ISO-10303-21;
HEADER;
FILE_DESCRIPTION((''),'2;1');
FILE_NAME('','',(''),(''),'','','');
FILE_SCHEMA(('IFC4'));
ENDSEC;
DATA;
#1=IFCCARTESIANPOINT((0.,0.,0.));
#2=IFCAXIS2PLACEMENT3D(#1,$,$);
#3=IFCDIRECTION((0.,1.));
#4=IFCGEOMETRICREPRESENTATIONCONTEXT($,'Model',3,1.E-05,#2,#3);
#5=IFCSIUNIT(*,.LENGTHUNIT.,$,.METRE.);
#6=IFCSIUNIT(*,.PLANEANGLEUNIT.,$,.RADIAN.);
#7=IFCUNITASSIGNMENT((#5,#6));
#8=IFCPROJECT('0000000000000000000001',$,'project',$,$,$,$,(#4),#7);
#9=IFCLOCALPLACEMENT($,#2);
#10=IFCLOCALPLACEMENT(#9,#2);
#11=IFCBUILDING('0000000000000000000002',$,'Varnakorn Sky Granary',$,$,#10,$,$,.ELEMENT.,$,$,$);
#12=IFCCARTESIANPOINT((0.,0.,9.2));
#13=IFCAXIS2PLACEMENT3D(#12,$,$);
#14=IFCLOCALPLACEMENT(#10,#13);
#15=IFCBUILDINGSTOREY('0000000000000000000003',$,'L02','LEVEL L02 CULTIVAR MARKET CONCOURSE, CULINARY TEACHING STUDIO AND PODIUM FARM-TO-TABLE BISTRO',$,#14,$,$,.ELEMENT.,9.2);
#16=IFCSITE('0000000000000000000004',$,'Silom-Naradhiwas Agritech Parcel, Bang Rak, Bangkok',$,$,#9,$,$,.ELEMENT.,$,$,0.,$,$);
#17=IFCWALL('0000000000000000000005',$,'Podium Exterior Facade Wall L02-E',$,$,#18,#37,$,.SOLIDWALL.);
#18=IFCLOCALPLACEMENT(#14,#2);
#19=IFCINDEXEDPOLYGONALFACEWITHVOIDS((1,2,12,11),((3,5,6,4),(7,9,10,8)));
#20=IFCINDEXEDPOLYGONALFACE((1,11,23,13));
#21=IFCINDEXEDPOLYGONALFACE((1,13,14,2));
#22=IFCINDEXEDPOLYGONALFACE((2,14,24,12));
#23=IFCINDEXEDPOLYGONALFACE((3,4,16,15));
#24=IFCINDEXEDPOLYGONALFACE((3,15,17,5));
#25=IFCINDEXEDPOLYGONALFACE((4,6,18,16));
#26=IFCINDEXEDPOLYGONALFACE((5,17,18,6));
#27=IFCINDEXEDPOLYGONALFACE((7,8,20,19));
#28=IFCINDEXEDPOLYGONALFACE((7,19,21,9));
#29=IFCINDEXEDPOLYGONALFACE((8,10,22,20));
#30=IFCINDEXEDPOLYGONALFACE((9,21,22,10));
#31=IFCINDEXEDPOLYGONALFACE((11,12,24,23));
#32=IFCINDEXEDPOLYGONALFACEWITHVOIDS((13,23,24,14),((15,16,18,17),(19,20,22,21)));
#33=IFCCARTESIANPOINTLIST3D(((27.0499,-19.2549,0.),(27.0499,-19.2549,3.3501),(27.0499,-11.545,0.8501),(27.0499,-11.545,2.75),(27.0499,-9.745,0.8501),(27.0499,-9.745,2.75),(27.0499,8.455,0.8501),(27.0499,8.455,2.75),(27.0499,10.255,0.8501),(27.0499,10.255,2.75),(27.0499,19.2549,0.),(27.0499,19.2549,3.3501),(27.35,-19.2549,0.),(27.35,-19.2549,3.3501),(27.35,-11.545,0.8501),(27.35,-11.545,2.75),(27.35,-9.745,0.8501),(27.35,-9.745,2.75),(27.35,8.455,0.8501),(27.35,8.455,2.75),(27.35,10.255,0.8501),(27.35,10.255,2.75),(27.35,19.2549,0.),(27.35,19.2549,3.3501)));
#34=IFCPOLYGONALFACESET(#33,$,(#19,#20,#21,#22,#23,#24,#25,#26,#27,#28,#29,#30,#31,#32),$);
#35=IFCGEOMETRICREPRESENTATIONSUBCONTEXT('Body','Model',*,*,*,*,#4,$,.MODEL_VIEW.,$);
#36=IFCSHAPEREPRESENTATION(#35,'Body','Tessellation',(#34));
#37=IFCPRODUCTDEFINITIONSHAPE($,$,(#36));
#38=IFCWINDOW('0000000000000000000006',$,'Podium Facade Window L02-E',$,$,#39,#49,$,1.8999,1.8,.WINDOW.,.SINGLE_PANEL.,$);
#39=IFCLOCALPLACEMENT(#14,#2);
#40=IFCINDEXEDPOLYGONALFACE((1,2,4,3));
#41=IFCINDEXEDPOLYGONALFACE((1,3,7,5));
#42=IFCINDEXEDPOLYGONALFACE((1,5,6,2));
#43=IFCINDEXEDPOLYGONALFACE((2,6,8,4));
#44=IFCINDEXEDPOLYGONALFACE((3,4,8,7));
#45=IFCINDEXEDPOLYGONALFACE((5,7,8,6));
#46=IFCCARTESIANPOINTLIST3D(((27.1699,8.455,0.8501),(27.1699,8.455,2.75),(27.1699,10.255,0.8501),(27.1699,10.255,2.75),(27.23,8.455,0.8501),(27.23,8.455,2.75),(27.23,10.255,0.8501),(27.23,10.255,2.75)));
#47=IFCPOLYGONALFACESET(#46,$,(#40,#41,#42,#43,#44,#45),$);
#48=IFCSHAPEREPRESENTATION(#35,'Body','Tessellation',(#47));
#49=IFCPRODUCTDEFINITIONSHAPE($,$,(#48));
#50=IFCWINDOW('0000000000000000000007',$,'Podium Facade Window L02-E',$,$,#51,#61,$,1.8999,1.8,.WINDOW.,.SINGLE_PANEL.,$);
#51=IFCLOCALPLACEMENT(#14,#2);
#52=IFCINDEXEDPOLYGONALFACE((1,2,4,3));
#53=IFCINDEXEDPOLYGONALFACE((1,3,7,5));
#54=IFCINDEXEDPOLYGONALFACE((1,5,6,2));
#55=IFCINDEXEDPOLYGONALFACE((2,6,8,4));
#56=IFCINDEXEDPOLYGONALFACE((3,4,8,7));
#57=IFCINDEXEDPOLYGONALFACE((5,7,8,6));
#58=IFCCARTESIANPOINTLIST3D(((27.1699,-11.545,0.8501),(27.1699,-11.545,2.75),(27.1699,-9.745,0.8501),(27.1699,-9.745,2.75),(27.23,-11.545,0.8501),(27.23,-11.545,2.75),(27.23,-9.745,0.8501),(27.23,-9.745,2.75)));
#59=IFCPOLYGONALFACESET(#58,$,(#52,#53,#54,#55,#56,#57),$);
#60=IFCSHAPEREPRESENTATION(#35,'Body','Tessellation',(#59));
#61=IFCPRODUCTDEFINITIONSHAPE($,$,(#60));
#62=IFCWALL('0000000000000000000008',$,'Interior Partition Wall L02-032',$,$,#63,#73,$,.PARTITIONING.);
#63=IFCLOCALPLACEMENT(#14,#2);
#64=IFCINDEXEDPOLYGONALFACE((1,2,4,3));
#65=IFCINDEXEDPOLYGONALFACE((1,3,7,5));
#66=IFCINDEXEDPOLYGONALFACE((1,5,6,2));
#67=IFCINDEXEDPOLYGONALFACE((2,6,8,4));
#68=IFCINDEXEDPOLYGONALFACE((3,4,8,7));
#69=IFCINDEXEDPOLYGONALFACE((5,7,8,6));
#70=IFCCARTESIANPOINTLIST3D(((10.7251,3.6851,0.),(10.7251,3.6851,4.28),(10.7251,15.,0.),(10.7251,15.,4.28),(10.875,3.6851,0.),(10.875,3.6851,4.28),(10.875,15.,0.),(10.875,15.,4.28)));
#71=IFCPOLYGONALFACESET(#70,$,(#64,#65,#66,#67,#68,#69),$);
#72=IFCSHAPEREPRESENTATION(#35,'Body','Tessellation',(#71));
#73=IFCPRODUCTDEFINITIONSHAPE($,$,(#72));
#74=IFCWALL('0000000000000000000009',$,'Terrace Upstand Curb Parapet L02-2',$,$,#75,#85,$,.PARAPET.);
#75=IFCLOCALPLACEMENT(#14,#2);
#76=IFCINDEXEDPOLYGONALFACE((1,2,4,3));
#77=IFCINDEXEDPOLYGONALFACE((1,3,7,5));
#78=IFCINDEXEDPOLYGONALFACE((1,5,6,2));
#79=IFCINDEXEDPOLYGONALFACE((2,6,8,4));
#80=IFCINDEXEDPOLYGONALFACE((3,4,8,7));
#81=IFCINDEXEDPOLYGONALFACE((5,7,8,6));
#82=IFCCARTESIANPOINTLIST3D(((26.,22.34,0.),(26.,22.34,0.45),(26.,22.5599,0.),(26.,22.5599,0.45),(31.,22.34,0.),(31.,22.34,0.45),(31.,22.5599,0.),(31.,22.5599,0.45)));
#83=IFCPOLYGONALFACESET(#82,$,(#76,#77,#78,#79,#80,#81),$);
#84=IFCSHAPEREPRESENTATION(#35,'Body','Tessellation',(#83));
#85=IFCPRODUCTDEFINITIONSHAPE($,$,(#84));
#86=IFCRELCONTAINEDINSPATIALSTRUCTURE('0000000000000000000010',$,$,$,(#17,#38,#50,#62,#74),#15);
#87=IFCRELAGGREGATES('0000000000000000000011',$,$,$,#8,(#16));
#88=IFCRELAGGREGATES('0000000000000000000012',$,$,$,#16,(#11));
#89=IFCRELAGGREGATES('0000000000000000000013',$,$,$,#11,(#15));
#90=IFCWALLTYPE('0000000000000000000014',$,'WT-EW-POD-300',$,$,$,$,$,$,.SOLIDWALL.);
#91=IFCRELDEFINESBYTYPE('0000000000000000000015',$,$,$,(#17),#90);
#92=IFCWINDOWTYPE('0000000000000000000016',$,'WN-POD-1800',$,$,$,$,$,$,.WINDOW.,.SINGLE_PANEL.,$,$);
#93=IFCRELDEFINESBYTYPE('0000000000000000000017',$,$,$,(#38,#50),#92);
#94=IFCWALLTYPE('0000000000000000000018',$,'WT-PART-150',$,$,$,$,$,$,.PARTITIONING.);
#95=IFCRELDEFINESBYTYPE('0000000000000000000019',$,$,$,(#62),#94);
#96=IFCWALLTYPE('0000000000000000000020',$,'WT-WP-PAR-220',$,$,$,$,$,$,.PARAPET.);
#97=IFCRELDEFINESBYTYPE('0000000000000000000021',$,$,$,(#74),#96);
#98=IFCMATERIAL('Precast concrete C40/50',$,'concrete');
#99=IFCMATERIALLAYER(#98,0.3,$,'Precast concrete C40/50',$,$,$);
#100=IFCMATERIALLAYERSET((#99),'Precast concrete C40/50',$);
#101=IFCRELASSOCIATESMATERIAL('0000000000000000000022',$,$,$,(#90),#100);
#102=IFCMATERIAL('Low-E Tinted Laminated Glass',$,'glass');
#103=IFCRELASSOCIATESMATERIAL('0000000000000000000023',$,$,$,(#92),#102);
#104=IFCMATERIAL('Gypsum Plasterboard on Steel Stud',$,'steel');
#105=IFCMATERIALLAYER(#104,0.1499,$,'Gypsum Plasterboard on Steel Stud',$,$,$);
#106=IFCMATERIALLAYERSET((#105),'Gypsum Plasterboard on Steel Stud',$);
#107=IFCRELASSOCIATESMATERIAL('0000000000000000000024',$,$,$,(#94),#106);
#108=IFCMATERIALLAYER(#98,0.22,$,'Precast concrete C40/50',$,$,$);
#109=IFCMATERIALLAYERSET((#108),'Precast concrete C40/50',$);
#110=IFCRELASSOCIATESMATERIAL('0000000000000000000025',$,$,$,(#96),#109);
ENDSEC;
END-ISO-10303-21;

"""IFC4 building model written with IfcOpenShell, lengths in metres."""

from ifc_helpers import new_model, si_unit, direction, frame, frame_2d, origin, place, context, subcontext, project, spatial, rectangle, extrude, material, layer, layer_set, type_object, element, fill, save


model = new_model("IFC4")

# Units and contexts
model_context = context("Model", 3, precision=1e-05, world=origin(), true_north=direction((0.0, 1.0)))
body_context = subcontext(model_context, "Body", "Model", "MODEL_VIEW")
ifc_project = project(units=[si_unit("LENGTHUNIT", "METRE"), si_unit("PLANEANGLEUNIT", "RADIAN")], contexts=[model_context])

# Site, building, storey
site_placement = place(None, origin())
site = spatial("IfcSite", under=ifc_project, at=site_placement, Name="Silom-Naradhiwas Agritech Parcel, Bang Rak, Bangkok", CompositionType="ELEMENT", RefElevation=0.0)
building_placement = place(site_placement, origin())
building = spatial("IfcBuilding", under=site, at=building_placement, Name="Varnakorn Sky Granary", CompositionType="ELEMENT")
storey_placement = place(building_placement, frame((0.0, 0.0, 9.2)))
storey = spatial("IfcBuildingStorey", under=building, at=storey_placement, Name="L02", Description="LEVEL L02 CULTIVAR MARKET CONCOURSE, CULINARY TEACHING STUDIO AND PODIUM FARM-TO-TABLE BISTRO", CompositionType="ELEMENT", Elevation=9.2)

# Shared definitions
ifc_material_1 = material(Name="Low-E Tinted Laminated Glass", Category="glass")

# Wall, openings, windows
ifc_material_2 = material(Name="Precast concrete C40/50", Category="concrete")
ifc_layer_1 = layer(ifc_material_2, 0.3, Name="Precast concrete C40/50")
ifc_layer_set_1 = layer_set([ifc_layer_1], Name="Precast concrete C40/50")
wall_type_1 = type_object("IfcWallType", Name="WT-EW-POD-300", PredefinedType="SOLIDWALL", material=ifc_layer_set_1)
wall_1_placement = place(storey_placement, frame((27.2, 19.2549, 0.0), z_axis=(0.0, 0.0, 1.0), x_axis=(0.0, -1.0, 0.0)))
wall_1 = element("IfcWall", 1, at=wall_1_placement, inside=storey, type_object=wall_type_1, Name="Podium Exterior Facade Wall L02-E", PredefinedType="SOLIDWALL", context=body_context, shape_type="SweptSolid", body=[
    extrude(rectangle(XDim=38.5098, YDim=0.3, at=frame_2d((19.2549, 0.0))), origin(), (0.0, 0.0, 1.0), 3.3501),
])
opening_1_placement = place(wall_1_placement, frame((9.0, 0.0, 0.8501)))
opening_1 = element("IfcOpeningElement", 2, at=opening_1_placement, cuts=wall_1, PredefinedType="OPENING", context=body_context, shape_type="SweptSolid", body=[
    extrude(rectangle(XDim=1.8, YDim=1.8999, at=frame_2d((0.8999, 0.95))), frame((0.0, 0.1602, 0.0), z_axis=(0.0, -1.0, 0.0), x_axis=(1.0, 0.0, 0.0)), (0.0, 0.0, 1.0), 0.3201),
])
opening_2_placement = place(wall_1_placement, frame((29.0, 0.0, 0.8501)))
opening_2 = element("IfcOpeningElement", 3, at=opening_2_placement, cuts=wall_1, PredefinedType="OPENING", context=body_context, shape_type="SweptSolid", body=[
    extrude(rectangle(XDim=1.8, YDim=1.8999, at=frame_2d((0.8999, 0.95))), frame((0.0, 0.1602, 0.0), z_axis=(0.0, -1.0, 0.0), x_axis=(1.0, 0.0, 0.0)), (0.0, 0.0, 1.0), 0.3201),
])
window_type = type_object("IfcWindowType", Name="WN-POD-1800", PartitioningType="SINGLE_PANEL", PredefinedType="WINDOW", material=ifc_material_1)
window_1_placement = place(opening_1_placement, origin())
window_1 = element("IfcWindow", 4, at=window_1_placement, inside=storey, type_object=window_type, Name="Podium Facade Window L02-E", OverallHeight=1.8999, OverallWidth=1.8, PartitioningType="SINGLE_PANEL", PredefinedType="WINDOW", context=body_context, shape_type="SweptSolid", body=[
    extrude(rectangle(XDim=1.8, YDim=1.8999, at=frame_2d((0.8999, 0.95))), frame((0.0, 0.03, 0.0), z_axis=(0.0, -1.0, 0.0), x_axis=(1.0, 0.0, 0.0)), (0.0, 0.0, 1.0), 0.0601),
])
fill(opening_1, window_1)
window_2_placement = place(opening_2_placement, origin())
window_2 = element("IfcWindow", 5, at=window_2_placement, inside=storey, type_object=window_type, Name="Podium Facade Window L02-E", OverallHeight=1.8999, OverallWidth=1.8, PartitioningType="SINGLE_PANEL", PredefinedType="WINDOW", context=body_context, shape_type="SweptSolid", body=[
    extrude(rectangle(XDim=1.8, YDim=1.8999, at=frame_2d((0.8999, 0.95))), frame((0.0, 0.03, 0.0), z_axis=(0.0, -1.0, 0.0), x_axis=(1.0, 0.0, 0.0)), (0.0, 0.0, 1.0), 0.0601),
])
fill(opening_2, window_2)

# Walls
ifc_material_3 = material(Name="Gypsum Plasterboard on Steel Stud", Category="steel")
ifc_layer_2 = layer(ifc_material_3, 0.1499, Name="Gypsum Plasterboard on Steel Stud")
ifc_layer_set_2 = layer_set([ifc_layer_2], Name="Gypsum Plasterboard on Steel Stud")
wall_type_2 = type_object("IfcWallType", Name="WT-PART-150", PredefinedType="PARTITIONING", material=ifc_layer_set_2)
wall_2_placement = place(storey_placement, frame((10.8, 3.6851, 0.0), z_axis=(0.0, 0.0, 1.0), x_axis=(0.0, 1.0, 0.0)))
element("IfcWall", 6, at=wall_2_placement, inside=storey, type_object=wall_type_2, Name="Interior Partition Wall L02-032", PredefinedType="PARTITIONING", context=body_context, shape_type="SweptSolid", body=[
    extrude(rectangle(XDim=11.3149, YDim=0.1499, at=frame_2d((5.6575, 0.0))), origin(), (0.0, 0.0, 1.0), 4.28),
])
ifc_layer_3 = layer(ifc_material_2, 0.22, Name="Precast concrete C40/50")
ifc_layer_set_3 = layer_set([ifc_layer_3], Name="Precast concrete C40/50")
wall_type_3 = type_object("IfcWallType", Name="WT-WP-PAR-220", PredefinedType="PARAPET", material=ifc_layer_set_3)
wall_3_placement = place(storey_placement, frame((26.0, 22.45, 0.0), z_axis=(0.0, 0.0, 1.0), x_axis=(1.0, 0.0, 0.0)))
element("IfcWall", 7, at=wall_3_placement, inside=storey, type_object=wall_type_3, Name="Terrace Upstand Curb Parapet L02-2", PredefinedType="PARAPET", context=body_context, shape_type="SweptSolid", body=[
    extrude(rectangle(XDim=5.0, YDim=0.22, at=frame_2d((2.5, 0.0))), origin(), (0.0, 0.0, 1.0), 0.45),
])

save(model, "model.ifc")
